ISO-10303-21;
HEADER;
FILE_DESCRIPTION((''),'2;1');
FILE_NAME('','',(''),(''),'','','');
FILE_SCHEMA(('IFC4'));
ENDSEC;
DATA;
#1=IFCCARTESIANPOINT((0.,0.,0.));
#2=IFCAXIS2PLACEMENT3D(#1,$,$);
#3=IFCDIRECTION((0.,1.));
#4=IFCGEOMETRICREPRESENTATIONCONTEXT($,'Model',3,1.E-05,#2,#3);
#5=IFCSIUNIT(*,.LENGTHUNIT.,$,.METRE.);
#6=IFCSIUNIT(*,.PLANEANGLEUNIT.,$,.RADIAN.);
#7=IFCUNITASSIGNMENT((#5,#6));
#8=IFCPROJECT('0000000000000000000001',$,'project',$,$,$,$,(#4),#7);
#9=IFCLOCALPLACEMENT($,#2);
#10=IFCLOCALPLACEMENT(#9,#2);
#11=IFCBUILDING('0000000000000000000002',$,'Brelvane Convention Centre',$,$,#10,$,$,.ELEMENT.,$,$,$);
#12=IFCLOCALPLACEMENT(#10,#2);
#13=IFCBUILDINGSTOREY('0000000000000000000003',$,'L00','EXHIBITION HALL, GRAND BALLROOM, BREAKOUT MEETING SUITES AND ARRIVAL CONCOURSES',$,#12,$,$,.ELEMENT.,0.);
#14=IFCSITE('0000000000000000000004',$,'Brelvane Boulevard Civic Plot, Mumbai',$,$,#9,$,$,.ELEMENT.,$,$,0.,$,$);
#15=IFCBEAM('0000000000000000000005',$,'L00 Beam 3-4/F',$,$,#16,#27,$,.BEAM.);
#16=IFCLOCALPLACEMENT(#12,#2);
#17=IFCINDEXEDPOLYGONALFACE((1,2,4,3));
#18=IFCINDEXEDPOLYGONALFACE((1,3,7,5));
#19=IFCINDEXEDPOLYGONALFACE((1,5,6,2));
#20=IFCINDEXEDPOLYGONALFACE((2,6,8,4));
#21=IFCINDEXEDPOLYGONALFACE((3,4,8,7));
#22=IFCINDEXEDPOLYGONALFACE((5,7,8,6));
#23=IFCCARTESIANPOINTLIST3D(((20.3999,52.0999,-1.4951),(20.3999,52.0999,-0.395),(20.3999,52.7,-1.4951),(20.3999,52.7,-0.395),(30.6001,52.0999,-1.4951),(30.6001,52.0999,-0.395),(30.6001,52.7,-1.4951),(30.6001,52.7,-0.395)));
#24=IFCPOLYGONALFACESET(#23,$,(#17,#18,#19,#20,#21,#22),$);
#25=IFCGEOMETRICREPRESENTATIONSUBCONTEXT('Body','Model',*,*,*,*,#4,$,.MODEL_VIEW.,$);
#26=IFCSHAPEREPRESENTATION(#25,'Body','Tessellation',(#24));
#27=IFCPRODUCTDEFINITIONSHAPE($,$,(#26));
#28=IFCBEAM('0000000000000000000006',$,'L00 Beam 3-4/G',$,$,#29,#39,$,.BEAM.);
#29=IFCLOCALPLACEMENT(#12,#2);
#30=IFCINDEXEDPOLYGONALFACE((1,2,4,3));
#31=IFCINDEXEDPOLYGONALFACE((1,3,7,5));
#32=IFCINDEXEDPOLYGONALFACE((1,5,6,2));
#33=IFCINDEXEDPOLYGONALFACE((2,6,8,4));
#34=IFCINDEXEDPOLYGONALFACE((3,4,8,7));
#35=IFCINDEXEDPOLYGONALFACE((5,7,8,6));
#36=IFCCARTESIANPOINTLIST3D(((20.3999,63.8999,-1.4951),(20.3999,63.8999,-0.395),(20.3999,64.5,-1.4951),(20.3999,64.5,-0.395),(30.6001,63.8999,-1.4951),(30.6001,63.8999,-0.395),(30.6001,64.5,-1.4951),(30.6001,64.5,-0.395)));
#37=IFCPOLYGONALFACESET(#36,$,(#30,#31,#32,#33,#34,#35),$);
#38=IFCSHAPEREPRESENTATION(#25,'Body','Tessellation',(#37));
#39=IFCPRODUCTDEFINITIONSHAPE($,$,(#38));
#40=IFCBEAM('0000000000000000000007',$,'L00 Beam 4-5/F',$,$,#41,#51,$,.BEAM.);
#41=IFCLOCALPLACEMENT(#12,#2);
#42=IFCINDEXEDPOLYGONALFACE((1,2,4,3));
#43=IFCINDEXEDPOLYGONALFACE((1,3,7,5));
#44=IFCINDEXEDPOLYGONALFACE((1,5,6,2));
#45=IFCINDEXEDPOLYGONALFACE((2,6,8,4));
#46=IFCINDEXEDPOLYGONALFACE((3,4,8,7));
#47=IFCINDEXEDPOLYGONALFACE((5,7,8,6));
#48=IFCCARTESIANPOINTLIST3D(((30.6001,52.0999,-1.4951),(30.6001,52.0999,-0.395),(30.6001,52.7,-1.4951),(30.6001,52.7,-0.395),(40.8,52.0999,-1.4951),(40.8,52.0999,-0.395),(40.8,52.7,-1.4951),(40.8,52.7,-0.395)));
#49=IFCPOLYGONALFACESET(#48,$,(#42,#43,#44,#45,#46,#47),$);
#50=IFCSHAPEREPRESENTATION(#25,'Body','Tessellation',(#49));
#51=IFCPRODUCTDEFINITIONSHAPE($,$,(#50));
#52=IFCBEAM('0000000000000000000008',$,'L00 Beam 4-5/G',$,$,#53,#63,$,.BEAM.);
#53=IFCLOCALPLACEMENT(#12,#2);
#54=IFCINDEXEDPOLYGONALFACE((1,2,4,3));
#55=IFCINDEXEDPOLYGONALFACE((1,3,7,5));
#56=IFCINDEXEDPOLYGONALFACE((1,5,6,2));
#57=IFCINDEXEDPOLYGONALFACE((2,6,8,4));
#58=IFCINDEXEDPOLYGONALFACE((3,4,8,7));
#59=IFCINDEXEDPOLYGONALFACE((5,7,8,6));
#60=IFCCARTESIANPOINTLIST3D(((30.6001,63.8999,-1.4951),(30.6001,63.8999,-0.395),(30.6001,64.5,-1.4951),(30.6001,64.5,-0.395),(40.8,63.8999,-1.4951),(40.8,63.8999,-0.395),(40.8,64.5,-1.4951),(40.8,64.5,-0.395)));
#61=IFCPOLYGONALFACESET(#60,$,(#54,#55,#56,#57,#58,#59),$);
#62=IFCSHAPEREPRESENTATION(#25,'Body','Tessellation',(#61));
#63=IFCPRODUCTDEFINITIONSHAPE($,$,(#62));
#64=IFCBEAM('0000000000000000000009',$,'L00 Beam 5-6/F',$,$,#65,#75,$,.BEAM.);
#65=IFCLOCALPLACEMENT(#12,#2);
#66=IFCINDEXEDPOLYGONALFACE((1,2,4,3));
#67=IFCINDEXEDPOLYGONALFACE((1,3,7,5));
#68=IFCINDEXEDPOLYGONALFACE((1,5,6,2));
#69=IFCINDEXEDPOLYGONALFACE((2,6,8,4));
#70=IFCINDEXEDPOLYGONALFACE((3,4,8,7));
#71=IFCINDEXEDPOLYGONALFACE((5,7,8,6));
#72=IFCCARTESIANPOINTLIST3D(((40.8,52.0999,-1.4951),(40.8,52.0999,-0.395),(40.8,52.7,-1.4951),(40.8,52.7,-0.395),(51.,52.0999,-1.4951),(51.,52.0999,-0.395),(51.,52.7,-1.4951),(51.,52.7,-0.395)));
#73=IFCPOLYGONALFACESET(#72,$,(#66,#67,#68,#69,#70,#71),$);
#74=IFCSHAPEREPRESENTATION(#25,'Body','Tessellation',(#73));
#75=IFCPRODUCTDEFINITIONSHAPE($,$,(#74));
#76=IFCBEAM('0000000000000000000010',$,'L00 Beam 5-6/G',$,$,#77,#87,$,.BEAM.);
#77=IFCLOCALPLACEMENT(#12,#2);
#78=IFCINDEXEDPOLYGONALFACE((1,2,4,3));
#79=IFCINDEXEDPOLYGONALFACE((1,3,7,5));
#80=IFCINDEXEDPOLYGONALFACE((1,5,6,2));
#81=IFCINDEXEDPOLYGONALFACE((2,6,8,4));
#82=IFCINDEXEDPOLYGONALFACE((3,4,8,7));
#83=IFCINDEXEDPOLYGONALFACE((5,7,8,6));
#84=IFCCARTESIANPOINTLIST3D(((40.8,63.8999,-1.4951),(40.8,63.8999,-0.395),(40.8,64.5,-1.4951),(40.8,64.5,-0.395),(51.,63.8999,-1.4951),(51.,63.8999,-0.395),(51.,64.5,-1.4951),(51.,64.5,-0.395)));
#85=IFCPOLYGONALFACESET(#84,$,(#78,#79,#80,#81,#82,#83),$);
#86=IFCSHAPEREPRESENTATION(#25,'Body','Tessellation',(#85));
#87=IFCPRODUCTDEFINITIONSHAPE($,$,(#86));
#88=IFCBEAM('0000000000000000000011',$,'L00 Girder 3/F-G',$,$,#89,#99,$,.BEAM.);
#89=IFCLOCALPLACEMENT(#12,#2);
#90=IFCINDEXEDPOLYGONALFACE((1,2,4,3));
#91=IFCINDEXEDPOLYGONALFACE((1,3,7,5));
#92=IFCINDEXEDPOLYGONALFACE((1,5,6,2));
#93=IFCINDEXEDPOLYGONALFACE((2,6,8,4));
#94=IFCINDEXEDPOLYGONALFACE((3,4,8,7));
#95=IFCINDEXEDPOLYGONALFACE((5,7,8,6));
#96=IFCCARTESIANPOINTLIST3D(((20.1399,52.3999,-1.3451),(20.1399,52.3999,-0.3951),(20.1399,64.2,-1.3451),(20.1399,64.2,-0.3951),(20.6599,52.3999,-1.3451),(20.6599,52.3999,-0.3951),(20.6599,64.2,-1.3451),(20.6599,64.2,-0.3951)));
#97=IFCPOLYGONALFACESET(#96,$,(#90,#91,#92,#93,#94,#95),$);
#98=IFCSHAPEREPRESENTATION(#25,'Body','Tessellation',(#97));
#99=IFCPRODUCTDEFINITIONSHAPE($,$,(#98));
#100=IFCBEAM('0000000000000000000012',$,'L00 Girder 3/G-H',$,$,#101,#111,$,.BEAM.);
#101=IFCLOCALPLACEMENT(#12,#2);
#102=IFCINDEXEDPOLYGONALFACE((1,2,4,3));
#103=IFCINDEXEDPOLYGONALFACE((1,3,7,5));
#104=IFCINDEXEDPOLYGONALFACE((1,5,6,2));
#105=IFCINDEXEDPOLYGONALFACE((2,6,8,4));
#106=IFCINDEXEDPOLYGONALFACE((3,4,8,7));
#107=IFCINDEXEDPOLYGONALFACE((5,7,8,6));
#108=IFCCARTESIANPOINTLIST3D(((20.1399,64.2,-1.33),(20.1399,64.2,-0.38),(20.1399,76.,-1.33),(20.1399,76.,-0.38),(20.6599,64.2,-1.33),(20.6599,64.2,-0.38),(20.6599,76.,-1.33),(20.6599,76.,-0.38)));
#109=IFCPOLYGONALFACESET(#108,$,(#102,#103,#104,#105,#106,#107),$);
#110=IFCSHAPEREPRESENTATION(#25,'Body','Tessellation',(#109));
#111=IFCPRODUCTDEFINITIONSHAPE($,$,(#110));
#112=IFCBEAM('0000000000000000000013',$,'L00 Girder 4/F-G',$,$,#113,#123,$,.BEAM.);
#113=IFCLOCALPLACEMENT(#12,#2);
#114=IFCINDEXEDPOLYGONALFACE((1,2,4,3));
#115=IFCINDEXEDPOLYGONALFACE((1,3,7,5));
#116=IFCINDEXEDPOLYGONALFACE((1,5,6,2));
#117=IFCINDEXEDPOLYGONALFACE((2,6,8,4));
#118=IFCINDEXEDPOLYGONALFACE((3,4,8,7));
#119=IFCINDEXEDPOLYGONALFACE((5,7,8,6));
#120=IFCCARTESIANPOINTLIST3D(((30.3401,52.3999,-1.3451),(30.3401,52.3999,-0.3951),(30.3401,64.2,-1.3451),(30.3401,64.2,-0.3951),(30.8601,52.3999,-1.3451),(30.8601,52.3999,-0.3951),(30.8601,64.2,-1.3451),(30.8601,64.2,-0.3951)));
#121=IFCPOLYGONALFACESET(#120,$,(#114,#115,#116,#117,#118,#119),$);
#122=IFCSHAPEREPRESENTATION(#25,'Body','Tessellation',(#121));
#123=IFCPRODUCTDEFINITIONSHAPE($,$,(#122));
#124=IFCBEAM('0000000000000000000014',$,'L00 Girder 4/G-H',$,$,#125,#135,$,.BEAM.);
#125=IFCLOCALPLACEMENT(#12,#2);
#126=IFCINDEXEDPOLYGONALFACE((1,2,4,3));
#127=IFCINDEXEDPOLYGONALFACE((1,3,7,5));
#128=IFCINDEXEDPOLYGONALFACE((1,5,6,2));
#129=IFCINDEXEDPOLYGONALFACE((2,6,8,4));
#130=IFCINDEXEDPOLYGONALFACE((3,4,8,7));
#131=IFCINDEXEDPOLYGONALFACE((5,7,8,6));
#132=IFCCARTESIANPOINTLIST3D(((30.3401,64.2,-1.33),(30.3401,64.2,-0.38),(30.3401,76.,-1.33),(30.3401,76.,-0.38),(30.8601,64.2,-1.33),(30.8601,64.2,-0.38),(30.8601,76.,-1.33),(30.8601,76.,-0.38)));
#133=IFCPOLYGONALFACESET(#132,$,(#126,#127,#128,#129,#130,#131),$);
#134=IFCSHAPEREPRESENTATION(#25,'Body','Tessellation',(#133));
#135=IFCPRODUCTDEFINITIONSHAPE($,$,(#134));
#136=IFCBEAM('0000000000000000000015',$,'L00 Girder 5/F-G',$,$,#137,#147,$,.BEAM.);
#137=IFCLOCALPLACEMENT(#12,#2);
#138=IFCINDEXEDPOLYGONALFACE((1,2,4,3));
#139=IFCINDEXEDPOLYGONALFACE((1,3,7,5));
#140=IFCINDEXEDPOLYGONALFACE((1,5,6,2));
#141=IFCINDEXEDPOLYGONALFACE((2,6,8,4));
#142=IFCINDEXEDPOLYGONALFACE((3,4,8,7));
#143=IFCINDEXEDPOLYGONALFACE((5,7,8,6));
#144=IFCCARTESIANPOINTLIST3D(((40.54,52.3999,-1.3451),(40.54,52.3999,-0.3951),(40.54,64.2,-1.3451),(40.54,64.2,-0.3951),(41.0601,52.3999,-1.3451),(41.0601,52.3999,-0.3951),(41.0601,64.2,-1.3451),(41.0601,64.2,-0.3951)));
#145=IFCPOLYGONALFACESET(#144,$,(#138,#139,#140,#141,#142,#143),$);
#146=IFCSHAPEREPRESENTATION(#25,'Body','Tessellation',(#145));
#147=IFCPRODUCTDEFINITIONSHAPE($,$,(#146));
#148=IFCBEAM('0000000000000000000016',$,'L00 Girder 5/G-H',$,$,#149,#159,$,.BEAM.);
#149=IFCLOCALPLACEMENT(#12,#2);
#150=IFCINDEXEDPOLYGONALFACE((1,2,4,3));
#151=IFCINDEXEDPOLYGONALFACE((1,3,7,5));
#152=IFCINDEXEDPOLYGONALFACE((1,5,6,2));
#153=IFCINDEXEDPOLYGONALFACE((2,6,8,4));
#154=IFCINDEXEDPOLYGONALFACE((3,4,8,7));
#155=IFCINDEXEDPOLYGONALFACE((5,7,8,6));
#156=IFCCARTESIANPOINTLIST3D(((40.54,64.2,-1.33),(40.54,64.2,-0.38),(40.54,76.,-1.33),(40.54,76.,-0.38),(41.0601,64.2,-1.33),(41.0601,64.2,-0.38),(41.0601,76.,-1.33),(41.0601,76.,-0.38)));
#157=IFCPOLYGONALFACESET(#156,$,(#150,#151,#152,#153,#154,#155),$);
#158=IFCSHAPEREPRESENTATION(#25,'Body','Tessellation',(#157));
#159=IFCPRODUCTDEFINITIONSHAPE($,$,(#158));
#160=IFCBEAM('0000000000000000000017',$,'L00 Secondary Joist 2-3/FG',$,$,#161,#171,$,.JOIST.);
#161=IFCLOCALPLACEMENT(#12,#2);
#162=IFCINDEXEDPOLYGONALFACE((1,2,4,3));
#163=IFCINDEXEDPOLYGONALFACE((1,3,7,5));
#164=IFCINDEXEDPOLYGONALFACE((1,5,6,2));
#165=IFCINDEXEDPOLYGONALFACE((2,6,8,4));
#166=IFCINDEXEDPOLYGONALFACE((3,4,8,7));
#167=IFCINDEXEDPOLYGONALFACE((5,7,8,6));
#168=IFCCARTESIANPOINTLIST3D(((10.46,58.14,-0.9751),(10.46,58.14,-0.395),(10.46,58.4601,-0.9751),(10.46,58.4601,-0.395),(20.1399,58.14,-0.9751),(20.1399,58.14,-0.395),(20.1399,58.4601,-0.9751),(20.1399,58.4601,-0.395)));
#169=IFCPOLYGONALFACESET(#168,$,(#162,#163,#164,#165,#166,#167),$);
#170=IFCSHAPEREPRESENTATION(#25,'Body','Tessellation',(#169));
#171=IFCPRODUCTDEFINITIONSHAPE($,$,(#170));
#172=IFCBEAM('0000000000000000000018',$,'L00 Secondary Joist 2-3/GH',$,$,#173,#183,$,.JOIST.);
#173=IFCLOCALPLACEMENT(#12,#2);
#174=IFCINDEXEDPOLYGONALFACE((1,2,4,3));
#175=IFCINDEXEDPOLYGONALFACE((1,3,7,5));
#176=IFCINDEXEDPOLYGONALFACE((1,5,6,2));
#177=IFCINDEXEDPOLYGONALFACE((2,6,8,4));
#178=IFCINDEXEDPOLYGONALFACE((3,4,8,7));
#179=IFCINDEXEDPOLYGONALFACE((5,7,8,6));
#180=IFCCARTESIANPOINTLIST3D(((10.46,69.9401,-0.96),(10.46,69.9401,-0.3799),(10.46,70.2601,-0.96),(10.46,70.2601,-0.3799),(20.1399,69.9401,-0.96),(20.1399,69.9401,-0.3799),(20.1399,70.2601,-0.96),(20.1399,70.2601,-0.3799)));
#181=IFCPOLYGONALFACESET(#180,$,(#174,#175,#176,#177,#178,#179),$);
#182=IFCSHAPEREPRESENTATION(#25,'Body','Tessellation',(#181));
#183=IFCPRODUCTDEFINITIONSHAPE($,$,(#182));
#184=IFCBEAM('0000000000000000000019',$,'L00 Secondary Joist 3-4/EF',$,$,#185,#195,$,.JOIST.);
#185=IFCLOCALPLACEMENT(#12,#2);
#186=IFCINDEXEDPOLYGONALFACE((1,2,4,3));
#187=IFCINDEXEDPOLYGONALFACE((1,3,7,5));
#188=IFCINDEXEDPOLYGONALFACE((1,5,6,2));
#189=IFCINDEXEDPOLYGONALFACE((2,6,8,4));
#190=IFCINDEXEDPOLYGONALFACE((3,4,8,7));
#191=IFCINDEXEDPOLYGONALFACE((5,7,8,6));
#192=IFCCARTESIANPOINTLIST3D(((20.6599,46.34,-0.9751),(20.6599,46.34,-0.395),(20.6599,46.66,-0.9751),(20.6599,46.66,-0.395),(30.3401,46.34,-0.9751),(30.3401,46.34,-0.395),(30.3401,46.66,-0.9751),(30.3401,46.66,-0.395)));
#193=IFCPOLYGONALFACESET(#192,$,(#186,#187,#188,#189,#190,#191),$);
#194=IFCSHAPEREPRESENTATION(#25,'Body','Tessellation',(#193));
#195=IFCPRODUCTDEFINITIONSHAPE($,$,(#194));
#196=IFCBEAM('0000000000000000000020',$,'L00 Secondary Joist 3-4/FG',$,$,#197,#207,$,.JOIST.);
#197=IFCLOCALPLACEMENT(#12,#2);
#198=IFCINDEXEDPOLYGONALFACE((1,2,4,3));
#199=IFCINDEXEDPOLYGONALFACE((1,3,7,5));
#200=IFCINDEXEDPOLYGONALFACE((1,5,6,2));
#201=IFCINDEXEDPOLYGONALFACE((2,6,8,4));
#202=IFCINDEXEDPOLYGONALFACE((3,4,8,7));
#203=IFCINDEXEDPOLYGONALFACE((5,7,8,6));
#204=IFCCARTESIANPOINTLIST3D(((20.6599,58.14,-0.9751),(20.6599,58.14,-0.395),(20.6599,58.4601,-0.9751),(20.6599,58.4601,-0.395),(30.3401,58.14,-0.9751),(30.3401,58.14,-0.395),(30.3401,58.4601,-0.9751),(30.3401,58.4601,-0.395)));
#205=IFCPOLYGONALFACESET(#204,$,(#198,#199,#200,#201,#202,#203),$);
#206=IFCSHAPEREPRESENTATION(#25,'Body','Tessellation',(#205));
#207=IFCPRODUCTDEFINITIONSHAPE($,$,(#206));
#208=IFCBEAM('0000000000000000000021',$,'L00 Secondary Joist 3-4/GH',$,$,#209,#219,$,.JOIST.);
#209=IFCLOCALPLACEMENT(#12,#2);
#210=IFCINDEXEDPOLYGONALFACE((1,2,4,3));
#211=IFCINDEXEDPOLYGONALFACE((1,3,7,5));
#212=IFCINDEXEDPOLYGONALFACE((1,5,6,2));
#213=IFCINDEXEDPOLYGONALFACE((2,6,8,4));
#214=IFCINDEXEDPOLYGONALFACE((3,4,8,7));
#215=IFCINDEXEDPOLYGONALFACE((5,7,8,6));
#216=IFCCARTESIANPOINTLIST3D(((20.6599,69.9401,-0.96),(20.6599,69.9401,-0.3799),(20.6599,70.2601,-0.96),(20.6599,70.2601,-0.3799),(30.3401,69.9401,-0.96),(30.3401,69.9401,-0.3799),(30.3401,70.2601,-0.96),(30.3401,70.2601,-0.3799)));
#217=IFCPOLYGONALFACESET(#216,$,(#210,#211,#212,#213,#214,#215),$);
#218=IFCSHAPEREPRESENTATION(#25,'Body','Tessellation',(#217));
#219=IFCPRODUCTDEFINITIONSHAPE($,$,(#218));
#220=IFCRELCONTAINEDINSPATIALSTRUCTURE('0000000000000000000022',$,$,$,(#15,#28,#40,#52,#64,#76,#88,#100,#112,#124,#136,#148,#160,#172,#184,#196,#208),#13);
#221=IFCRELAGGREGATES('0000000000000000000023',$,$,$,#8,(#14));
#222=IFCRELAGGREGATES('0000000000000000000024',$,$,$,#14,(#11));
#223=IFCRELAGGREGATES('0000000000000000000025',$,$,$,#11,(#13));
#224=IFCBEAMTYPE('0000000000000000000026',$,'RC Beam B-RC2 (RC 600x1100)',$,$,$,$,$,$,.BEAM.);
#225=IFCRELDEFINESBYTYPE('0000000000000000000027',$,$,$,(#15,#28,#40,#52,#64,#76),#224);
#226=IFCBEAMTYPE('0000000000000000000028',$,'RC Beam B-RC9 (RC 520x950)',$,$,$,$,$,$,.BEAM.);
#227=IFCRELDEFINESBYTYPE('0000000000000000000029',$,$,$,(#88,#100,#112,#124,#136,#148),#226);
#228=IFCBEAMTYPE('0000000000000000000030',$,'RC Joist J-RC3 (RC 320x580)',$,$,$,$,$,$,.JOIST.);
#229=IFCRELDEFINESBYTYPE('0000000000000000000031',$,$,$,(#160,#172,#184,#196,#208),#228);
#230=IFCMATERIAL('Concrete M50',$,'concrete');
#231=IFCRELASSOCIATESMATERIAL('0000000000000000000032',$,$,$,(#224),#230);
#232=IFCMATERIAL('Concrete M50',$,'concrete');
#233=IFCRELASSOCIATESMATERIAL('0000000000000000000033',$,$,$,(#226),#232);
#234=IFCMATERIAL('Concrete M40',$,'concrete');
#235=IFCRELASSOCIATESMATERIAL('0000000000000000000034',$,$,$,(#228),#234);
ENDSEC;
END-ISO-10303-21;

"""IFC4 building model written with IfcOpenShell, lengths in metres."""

from ifc_helpers import new_model, si_unit, direction, frame, origin, origin_2d, place, context, subcontext, project, spatial, rectangle, extrude, material, material_profile, profile_set, type_object, element, save


model = new_model("IFC4")

# Units and contexts
model_context = context("Model", 3, precision=1e-05, world=origin(), true_north=direction((0.0, 1.0)))
body_context = subcontext(model_context, "Body", "Model", "MODEL_VIEW")
ifc_project = project(units=[si_unit("LENGTHUNIT", "METRE"), si_unit("PLANEANGLEUNIT", "RADIAN")], contexts=[model_context])

# Site, building, storey
site_placement = place(None, origin())
site = spatial("IfcSite", under=ifc_project, at=site_placement, Name="Brelvane Boulevard Civic Plot, Mumbai", CompositionType="ELEMENT", RefElevation=0.0)
building_placement = place(site_placement, origin())
building = spatial("IfcBuilding", under=site, at=building_placement, Name="Brelvane Convention Centre", CompositionType="ELEMENT")
storey_placement = place(building_placement, origin())
storey = spatial("IfcBuildingStorey", under=building, at=storey_placement, Name="L00", Description="EXHIBITION HALL, GRAND BALLROOM, BREAKOUT MEETING SUITES AND ARRIVAL CONCOURSES", CompositionType="ELEMENT", Elevation=0.0)

# Beams
ifc_material_1 = material(Name="Concrete M50", Category="concrete")
ifc_material_profile_1 = material_profile(ifc_material_1, rectangle(XDim=0.6001, YDim=1.1001, at=origin_2d()), Name="RC 600x1100")
ifc_profile_set_1 = profile_set([ifc_material_profile_1], Name="Concrete M50")
beam_type_1 = type_object("IfcBeamType", Name="RC Beam B-RC2 (RC 600x1100)", PredefinedType="BEAM", material=ifc_profile_set_1)
for number, where, z_axis, x_axis, name in (
    (1, (20.3999, 52.3999, -0.9451), (1.0, 0.0, 0.0), (0.0, 1.0, 0.0), "L00 Beam 3-4/F"),
    (2, (20.3999, 64.2, -0.9451), (1.0, 0.0, 0.0), (0.0, 1.0, 0.0), "L00 Beam 3-4/G"),
):
    element("IfcBeam", number, at=place(storey_placement, frame(where, z_axis=z_axis, x_axis=x_axis)), inside=storey, type_object=beam_type_1, Name=name, PredefinedType="BEAM", context=body_context, shape_type="SweptSolid", body=[
        extrude(rectangle(XDim=0.6001, YDim=1.1001, at=origin_2d()), origin(), (0.0, 0.0, 1.0), 10.2002),
    ])
for number, where, z_axis, x_axis, name in (
    (3, (30.6001, 52.3999, -0.9451), (1.0, 0.0, 0.0), (0.0, 1.0, 0.0), "L00 Beam 4-5/F"),
    (4, (30.6001, 64.2, -0.9451), (1.0, 0.0, 0.0), (0.0, 1.0, 0.0), "L00 Beam 4-5/G"),
    (5, (40.8, 52.3999, -0.9451), (1.0, 0.0, 0.0), (0.0, 1.0, 0.0), "L00 Beam 5-6/F"),
    (6, (40.8, 64.2, -0.9451), (1.0, 0.0, 0.0), (0.0, 1.0, 0.0), "L00 Beam 5-6/G"),
):
    element("IfcBeam", number, at=place(storey_placement, frame(where, z_axis=z_axis, x_axis=x_axis)), inside=storey, type_object=beam_type_1, Name=name, PredefinedType="BEAM", context=body_context, shape_type="SweptSolid", body=[
        extrude(rectangle(XDim=0.6001, YDim=1.1001, at=origin_2d()), origin(), (0.0, 0.0, 1.0), 10.2),
    ])
ifc_material_2 = material(Name="Concrete M50", Category="concrete")
ifc_material_profile_2 = material_profile(ifc_material_2, rectangle(XDim=0.52, YDim=0.95, at=origin_2d()), Name="RC 520x950")
ifc_profile_set_2 = profile_set([ifc_material_profile_2], Name="Concrete M50")
beam_type_2 = type_object("IfcBeamType", Name="RC Beam B-RC9 (RC 520x950)", PredefinedType="BEAM", material=ifc_profile_set_2)
for number, where, z_axis, x_axis, name in (
    (7, (20.3999, 52.3999, -0.8701), (0.0, 1.0, 0.0), (-1.0, 0.0, 0.0), "L00 Girder 3/F-G"),
    (8, (20.3999, 64.2, -0.855), (0.0, 1.0, 0.0), (-1.0, 0.0, 0.0), "L00 Girder 3/G-H"),
    (9, (30.6001, 52.3999, -0.8701), (0.0, 1.0, 0.0), (-1.0, 0.0, 0.0), "L00 Girder 4/F-G"),
    (10, (30.6001, 64.2, -0.855), (0.0, 1.0, 0.0), (-1.0, 0.0, 0.0), "L00 Girder 4/G-H"),
    (11, (40.8, 52.3999, -0.8701), (0.0, 1.0, 0.0), (-1.0, 0.0, 0.0), "L00 Girder 5/F-G"),
    (12, (40.8, 64.2, -0.855), (0.0, 1.0, 0.0), (-1.0, 0.0, 0.0), "L00 Girder 5/G-H"),
):
    element("IfcBeam", number, at=place(storey_placement, frame(where, z_axis=z_axis, x_axis=x_axis)), inside=storey, type_object=beam_type_2, Name=name, PredefinedType="BEAM", context=body_context, shape_type="SweptSolid", body=[
        extrude(rectangle(XDim=0.52, YDim=0.95, at=origin_2d()), origin(), (0.0, 0.0, 1.0), 11.8),
    ])
ifc_material_3 = material(Name="Concrete M40", Category="concrete")
ifc_material_profile_3 = material_profile(ifc_material_3, rectangle(XDim=0.3201, YDim=0.5801, at=origin_2d()), Name="RC 320x580")
ifc_profile_set_3 = profile_set([ifc_material_profile_3], Name="Concrete M40")
beam_type_3 = type_object("IfcBeamType", Name="RC Joist J-RC3 (RC 320x580)", PredefinedType="JOIST", material=ifc_profile_set_3)
for number, where, z_axis, x_axis, name in (
    (13, (10.46, 58.3, -0.6851), (1.0, 0.0, 0.0), (0.0, 1.0, 0.0), "L00 Secondary Joist 2-3/FG"),
    (14, (10.46, 70.1001, -0.6699), (1.0, 0.0, 0.0), (0.0, 1.0, 0.0), "L00 Secondary Joist 2-3/GH"),
):
    element("IfcBeam", number, at=place(storey_placement, frame(where, z_axis=z_axis, x_axis=x_axis)), inside=storey, type_object=beam_type_3, Name=name, PredefinedType="JOIST", context=body_context, shape_type="SweptSolid", body=[
        extrude(rectangle(XDim=0.3201, YDim=0.5801, at=origin_2d()), origin(), (0.0, 0.0, 1.0), 9.6799),
    ])
for number, where, z_axis, x_axis, name in (
    (15, (20.6599, 46.5, -0.6851), (1.0, 0.0, 0.0), (0.0, 1.0, 0.0), "L00 Secondary Joist 3-4/EF"),
    (16, (20.6599, 58.3, -0.6851), (1.0, 0.0, 0.0), (0.0, 1.0, 0.0), "L00 Secondary Joist 3-4/FG"),
    (17, (20.6599, 70.1001, -0.6699), (1.0, 0.0, 0.0), (0.0, 1.0, 0.0), "L00 Secondary Joist 3-4/GH"),
):
    element("IfcBeam", number, at=place(storey_placement, frame(where, z_axis=z_axis, x_axis=x_axis)), inside=storey, type_object=beam_type_3, Name=name, PredefinedType="JOIST", context=body_context, shape_type="SweptSolid", body=[
        extrude(rectangle(XDim=0.3201, YDim=0.5801, at=origin_2d()), origin(), (0.0, 0.0, 1.0), 9.6802),
    ])

save(model, "model.ifc")
